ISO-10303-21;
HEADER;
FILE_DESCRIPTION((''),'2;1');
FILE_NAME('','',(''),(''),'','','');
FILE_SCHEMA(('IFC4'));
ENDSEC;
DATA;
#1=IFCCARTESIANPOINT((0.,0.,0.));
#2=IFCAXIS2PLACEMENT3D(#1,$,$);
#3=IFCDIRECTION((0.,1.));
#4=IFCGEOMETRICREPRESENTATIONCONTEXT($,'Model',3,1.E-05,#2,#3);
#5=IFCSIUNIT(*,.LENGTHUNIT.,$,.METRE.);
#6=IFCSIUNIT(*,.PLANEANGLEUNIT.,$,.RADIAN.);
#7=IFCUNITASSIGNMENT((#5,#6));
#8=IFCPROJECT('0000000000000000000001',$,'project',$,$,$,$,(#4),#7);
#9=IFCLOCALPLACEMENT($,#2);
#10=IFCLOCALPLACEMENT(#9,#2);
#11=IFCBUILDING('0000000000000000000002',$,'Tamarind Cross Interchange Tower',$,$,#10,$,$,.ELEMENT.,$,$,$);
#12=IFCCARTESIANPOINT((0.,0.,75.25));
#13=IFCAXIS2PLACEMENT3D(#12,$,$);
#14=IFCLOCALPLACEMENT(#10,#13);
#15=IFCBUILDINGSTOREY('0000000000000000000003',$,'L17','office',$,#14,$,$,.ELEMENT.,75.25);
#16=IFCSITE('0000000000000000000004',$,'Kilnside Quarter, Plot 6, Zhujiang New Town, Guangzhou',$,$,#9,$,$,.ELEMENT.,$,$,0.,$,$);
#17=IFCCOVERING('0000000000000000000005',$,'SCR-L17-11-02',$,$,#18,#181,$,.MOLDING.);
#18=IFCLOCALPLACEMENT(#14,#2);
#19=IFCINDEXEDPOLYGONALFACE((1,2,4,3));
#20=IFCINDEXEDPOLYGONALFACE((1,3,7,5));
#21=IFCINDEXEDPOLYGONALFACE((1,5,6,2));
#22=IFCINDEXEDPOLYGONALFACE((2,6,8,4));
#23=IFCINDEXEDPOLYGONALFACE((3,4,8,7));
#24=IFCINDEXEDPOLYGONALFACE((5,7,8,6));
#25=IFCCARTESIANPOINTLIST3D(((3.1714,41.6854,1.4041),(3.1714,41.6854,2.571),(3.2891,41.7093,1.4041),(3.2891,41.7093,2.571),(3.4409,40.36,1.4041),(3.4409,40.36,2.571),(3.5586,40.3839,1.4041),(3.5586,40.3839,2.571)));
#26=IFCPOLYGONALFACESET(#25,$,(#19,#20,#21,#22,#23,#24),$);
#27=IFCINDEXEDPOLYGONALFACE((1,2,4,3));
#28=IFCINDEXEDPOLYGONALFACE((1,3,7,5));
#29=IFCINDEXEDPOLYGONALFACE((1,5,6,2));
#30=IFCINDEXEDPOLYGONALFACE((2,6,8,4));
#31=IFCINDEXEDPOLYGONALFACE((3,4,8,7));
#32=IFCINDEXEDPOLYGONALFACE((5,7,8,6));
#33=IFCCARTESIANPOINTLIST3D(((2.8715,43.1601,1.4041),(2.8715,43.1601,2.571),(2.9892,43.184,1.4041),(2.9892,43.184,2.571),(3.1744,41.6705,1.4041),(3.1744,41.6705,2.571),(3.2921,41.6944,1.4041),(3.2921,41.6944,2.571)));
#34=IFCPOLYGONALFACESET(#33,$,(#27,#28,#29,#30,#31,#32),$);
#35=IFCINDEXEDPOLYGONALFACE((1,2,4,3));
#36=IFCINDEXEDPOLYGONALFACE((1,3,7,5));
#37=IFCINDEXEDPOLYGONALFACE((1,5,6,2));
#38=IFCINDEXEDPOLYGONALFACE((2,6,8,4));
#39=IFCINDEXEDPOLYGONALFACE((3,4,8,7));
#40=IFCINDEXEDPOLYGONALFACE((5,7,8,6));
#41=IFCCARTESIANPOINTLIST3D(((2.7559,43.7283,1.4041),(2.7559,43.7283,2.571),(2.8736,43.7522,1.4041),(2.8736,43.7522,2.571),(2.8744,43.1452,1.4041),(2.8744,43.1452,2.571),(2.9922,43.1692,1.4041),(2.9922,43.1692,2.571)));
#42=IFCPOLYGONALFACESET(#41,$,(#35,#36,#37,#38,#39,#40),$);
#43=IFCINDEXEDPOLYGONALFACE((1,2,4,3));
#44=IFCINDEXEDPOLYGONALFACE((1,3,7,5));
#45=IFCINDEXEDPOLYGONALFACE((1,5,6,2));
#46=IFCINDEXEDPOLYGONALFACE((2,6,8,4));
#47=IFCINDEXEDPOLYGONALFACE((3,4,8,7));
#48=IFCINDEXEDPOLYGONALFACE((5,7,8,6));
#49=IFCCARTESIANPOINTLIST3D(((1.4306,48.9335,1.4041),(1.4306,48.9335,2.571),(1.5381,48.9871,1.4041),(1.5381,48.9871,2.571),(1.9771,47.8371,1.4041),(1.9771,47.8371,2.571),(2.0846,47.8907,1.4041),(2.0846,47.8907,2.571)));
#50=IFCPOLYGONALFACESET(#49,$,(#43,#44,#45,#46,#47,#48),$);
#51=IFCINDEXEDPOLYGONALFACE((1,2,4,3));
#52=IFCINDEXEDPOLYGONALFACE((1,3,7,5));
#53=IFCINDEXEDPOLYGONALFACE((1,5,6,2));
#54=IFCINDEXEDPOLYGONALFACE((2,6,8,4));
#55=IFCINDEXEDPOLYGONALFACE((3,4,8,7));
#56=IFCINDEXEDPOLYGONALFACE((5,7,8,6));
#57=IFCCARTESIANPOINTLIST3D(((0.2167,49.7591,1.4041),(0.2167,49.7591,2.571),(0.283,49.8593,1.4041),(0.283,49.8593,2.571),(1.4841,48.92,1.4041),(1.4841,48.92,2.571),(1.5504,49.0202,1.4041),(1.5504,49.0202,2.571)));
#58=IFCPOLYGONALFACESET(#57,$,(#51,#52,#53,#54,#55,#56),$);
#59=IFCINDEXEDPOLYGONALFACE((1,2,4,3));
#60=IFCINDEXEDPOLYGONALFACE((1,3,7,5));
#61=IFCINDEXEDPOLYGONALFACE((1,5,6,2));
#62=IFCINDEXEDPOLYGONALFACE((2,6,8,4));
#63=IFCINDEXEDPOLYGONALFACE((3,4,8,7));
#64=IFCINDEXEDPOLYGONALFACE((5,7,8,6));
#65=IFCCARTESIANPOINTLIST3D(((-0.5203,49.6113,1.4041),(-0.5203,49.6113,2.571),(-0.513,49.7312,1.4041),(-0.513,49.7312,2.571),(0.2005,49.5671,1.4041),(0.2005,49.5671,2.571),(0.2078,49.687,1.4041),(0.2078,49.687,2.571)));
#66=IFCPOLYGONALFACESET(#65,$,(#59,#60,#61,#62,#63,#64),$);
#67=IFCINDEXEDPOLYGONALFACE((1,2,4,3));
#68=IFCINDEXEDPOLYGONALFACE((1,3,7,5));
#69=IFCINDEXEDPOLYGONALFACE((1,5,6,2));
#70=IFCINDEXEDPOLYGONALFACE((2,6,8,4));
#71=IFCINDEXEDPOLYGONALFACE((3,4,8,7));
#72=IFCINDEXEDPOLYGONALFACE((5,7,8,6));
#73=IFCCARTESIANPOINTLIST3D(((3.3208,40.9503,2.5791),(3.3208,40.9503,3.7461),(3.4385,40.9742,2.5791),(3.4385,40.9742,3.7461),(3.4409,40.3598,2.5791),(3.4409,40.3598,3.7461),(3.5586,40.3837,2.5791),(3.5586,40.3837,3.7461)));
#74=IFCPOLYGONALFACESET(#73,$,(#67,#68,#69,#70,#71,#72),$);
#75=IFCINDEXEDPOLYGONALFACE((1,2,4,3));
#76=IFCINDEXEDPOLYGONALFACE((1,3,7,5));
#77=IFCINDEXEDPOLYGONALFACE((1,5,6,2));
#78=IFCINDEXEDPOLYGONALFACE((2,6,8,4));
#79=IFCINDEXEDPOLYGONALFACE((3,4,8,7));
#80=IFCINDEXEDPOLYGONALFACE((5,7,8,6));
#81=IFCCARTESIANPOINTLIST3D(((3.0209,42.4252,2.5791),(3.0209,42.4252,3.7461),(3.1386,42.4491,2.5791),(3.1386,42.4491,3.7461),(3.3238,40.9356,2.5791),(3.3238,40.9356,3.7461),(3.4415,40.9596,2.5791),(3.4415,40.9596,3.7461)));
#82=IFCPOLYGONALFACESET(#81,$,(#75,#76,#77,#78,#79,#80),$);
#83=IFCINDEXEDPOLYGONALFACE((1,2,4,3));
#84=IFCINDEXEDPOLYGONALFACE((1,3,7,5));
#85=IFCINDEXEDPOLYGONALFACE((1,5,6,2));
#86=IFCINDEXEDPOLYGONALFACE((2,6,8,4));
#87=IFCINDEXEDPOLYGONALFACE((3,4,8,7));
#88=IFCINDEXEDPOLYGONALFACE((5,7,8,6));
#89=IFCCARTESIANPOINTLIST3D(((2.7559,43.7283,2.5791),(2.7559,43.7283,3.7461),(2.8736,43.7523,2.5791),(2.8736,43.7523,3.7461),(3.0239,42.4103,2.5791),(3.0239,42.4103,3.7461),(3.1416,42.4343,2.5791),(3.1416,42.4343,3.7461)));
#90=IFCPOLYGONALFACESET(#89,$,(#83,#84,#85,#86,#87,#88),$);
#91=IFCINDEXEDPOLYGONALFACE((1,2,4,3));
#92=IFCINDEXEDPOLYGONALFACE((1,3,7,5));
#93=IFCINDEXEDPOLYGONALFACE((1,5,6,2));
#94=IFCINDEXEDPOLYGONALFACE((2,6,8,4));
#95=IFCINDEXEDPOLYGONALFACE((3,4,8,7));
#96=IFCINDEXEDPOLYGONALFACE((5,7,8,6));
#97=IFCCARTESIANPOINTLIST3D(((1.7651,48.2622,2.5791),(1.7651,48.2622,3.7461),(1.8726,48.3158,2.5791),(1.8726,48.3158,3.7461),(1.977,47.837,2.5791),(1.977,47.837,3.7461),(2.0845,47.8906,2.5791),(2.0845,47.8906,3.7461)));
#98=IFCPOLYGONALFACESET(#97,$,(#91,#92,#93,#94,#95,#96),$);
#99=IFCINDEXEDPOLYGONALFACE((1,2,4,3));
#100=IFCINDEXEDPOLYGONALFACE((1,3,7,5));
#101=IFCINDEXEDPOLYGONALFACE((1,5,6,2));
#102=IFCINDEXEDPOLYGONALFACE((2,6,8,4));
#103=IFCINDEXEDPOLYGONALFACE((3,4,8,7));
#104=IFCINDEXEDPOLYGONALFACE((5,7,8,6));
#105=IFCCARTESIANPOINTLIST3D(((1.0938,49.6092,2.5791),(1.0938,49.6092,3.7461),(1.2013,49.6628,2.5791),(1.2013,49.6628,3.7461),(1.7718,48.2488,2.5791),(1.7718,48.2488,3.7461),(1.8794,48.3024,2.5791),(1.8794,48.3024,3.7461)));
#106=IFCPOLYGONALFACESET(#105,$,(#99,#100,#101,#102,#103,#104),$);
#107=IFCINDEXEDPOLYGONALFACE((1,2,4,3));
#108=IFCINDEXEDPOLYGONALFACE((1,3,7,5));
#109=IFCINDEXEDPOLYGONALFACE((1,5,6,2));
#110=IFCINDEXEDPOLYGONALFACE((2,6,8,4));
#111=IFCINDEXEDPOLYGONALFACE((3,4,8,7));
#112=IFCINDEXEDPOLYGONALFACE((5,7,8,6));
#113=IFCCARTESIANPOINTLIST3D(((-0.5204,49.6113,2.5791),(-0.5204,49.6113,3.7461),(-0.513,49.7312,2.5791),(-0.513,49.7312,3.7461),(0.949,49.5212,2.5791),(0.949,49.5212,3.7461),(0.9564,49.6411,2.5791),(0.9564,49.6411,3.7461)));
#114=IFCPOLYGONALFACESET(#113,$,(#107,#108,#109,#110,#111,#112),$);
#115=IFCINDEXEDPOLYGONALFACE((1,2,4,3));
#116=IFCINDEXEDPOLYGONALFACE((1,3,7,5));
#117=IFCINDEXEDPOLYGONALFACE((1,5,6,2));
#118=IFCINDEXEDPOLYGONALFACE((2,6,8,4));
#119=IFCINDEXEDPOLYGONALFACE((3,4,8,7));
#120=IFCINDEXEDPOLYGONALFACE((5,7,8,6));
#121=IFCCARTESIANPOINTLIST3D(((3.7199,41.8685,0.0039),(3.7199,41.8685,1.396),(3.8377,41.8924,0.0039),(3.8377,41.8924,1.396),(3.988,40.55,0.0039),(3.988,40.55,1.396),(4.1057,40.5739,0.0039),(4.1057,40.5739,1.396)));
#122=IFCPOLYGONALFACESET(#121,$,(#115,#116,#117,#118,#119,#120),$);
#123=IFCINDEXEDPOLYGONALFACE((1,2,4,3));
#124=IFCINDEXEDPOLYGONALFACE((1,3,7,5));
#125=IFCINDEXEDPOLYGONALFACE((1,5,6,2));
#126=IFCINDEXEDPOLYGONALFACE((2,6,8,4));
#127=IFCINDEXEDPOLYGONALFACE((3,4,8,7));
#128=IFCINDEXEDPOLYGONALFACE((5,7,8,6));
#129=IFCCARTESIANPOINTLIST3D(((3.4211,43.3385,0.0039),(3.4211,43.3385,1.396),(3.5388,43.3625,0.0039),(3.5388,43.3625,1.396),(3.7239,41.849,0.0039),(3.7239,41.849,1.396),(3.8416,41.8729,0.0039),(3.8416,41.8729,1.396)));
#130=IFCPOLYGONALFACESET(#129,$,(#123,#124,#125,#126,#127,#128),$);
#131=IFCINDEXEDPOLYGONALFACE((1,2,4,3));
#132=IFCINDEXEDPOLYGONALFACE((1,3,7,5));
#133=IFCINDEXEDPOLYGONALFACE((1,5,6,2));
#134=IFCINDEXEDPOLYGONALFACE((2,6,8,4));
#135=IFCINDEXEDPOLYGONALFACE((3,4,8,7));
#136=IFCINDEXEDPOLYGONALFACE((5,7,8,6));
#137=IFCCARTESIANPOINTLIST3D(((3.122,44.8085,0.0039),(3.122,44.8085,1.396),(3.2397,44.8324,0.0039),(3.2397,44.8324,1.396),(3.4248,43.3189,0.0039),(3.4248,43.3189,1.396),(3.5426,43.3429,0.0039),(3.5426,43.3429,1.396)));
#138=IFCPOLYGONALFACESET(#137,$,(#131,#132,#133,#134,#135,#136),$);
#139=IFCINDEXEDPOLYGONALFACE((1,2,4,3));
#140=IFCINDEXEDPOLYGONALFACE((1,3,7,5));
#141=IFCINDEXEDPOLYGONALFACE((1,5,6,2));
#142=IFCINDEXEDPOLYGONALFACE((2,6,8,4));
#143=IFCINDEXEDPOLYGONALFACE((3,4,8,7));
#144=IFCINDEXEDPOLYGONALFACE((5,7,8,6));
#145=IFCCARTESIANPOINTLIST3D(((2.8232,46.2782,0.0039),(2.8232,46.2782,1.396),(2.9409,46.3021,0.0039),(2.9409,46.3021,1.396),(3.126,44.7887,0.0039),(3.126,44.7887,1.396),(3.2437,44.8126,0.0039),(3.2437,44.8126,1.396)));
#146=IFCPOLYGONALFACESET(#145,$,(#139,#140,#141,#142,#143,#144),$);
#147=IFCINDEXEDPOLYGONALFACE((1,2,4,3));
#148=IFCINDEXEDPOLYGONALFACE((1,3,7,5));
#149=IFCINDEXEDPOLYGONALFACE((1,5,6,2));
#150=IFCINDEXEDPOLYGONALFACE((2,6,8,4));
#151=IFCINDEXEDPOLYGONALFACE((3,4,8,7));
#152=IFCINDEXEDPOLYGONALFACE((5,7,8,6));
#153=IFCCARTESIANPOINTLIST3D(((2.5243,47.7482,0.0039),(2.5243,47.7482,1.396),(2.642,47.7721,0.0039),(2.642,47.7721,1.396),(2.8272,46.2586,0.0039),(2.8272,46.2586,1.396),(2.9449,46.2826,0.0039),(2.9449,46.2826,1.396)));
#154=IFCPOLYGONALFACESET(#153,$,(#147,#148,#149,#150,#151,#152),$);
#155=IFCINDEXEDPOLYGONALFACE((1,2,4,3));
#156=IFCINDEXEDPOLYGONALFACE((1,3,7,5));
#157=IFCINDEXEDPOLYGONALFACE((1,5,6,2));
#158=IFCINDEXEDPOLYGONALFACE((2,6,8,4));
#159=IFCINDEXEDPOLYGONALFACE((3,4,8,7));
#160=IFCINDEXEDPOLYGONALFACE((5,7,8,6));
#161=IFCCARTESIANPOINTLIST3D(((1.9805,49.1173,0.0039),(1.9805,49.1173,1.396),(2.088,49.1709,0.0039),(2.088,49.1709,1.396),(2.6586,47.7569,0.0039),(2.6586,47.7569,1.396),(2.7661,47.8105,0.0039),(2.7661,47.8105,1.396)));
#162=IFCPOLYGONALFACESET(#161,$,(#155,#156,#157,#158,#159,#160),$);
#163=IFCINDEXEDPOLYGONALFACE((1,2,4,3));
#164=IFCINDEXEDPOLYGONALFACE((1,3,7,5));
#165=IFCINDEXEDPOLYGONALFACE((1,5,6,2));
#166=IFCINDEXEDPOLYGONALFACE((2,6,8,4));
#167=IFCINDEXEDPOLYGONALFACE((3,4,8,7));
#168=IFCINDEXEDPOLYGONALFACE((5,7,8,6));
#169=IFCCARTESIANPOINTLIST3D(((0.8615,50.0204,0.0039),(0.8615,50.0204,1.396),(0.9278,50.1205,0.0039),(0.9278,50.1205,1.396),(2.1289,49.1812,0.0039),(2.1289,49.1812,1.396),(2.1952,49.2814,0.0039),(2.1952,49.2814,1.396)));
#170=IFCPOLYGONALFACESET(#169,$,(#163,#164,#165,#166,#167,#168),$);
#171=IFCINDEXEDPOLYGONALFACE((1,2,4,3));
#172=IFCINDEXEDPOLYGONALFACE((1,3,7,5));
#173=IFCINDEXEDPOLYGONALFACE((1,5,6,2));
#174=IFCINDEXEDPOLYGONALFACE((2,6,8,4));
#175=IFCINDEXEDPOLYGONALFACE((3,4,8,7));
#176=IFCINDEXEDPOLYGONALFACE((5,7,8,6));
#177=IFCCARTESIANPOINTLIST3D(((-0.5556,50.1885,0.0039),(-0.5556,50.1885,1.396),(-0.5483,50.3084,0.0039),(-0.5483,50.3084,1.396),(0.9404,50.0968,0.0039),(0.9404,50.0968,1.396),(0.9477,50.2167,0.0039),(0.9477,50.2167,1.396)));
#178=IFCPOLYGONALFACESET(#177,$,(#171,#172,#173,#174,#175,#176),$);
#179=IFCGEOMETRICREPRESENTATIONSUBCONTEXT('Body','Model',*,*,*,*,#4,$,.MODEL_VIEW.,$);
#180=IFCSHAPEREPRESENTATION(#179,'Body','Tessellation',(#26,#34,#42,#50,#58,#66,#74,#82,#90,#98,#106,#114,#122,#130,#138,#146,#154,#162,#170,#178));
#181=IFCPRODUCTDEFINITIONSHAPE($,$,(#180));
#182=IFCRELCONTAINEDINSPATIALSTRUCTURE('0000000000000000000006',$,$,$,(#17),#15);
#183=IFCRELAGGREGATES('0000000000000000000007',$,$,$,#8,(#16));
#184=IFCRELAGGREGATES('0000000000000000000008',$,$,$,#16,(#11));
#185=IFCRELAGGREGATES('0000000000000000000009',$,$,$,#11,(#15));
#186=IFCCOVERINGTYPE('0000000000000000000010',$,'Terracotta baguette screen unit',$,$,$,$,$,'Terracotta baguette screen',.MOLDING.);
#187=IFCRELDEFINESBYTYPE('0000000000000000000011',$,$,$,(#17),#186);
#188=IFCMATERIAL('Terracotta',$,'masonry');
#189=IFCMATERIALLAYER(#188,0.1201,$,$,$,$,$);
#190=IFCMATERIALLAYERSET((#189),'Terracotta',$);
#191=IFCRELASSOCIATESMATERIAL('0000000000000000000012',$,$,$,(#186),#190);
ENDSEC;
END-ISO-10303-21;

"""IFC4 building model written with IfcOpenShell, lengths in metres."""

from ifc_helpers import new_model, si_unit, direction, frame, origin, origin_2d, place, context, subcontext, project, spatial, rectangle, extrude, material, layer, layer_set, type_object, element, save


model = new_model("IFC4")

# Units and contexts
model_context = context("Model", 3, precision=1e-05, world=origin(), true_north=direction((0.0, 1.0)))
body_context = subcontext(model_context, "Body", "Model", "MODEL_VIEW")
ifc_project = project(units=[si_unit("LENGTHUNIT", "METRE"), si_unit("PLANEANGLEUNIT", "RADIAN")], contexts=[model_context])

# Site, building, storey
site_placement = place(None, origin())
site = spatial("IfcSite", under=ifc_project, at=site_placement, Name="Kilnside Quarter, Plot 6, Zhujiang New Town, Guangzhou", CompositionType="ELEMENT", RefElevation=0.0)
building_placement = place(site_placement, origin())
building = spatial("IfcBuilding", under=site, at=building_placement, Name="Tamarind Cross Interchange Tower", CompositionType="ELEMENT")
storey_placement = place(building_placement, frame((0.0, 0.0, 75.25)))
storey = spatial("IfcBuildingStorey", under=building, at=storey_placement, Name="L17", Description="office", CompositionType="ELEMENT", Elevation=75.25)

# Covering
ifc_material_1 = material(Name="Terracotta", Category="masonry")
ifc_layer_1 = layer(ifc_material_1, 0.1201)
ifc_layer_set_1 = layer_set([ifc_layer_1], Name="Terracotta")
covering_type = type_object("IfcCoveringType", Name="Terracotta baguette screen unit", ElementType="Terracotta baguette screen", PredefinedType="MOLDING", material=ifc_layer_set_1)
covering_1_placement = place(storey_placement, origin())
element("IfcCovering", 1, at=covering_1_placement, inside=storey, type_object=covering_type, Name="SCR-L17-11-02", PredefinedType="MOLDING", context=body_context, shape_type="SweptSolid", body=[
    extrude(rectangle(XDim=1.3525, YDim=0.1201, at=origin_2d()), frame((3.365, 41.0347, 1.4041), z_axis=(0.0, 0.0, 1.0), x_axis=(-0.199245, 0.97995, 0.0)), (0.0, 0.0, 1.0), 1.167),
    extrude(rectangle(XDim=1.52, YDim=0.1201, at=origin_2d()), frame((3.0818, 42.4272, 1.4041), z_axis=(0.0, 0.0, 1.0), x_axis=(-0.199245, 0.97995, 0.0)), (0.0, 0.0, 1.0), 1.167),
    extrude(rectangle(XDim=0.595, YDim=0.1201, at=origin_2d()), frame((2.874, 43.4487, 1.4041), z_axis=(0.0, 0.0, 1.0), x_axis=(-0.199245, 0.97995, 0.0)), (0.0, 0.0, 1.0), 1.167),
    extrude(rectangle(XDim=1.2251, YDim=0.1201, at=origin_2d()), frame((1.7576, 48.4121, 1.4041), z_axis=(0.0, 0.0, 1.0), x_axis=(-0.446085, 0.89499, 0.0)), (0.0, 0.0, 1.0), 1.167),
    extrude(rectangle(XDim=1.52, YDim=0.1201, at=origin_2d()), frame((0.8835, 49.3896, 1.4041), z_axis=(0.0, 0.0, 1.0), x_axis=(-0.833816, 0.552042, 0.0)), (0.0, 0.0, 1.0), 1.167),
    extrude(rectangle(XDim=0.7222, YDim=0.1201, at=origin_2d()), frame((-0.1562, 49.6492, 1.4041), z_axis=(0.0, 0.0, 1.0), x_axis=(-0.998127, 0.061174, 0.0)), (0.0, 0.0, 1.0), 1.167),
    extrude(rectangle(XDim=0.6025, YDim=0.1201, at=origin_2d()), frame((3.4397, 40.667, 2.5791), z_axis=(0.0, 0.0, 1.0), x_axis=(-0.199245, 0.97995, 0.0)), (0.0, 0.0, 1.0), 1.167),
    extrude(rectangle(XDim=1.52, YDim=0.1201, at=origin_2d()), frame((3.2312, 41.6924, 2.5791), z_axis=(0.0, 0.0, 1.0), x_axis=(-0.199245, 0.97995, 0.0)), (0.0, 0.0, 1.0), 1.167),
    extrude(rectangle(XDim=1.345, YDim=0.1201, at=origin_2d()), frame((2.9487, 43.0813, 2.5791), z_axis=(0.0, 0.0, 1.0), x_axis=(-0.199245, 0.97995, 0.0)), (0.0, 0.0, 1.0), 1.167),
    extrude(rectangle(XDim=0.4751, YDim=0.1201, at=origin_2d()), frame((1.9248, 48.0764, 2.5791), z_axis=(0.0, 0.0, 1.0), x_axis=(-0.446085, 0.89499, 0.0)), (0.0, 0.0, 1.0), 1.167),
    extrude(rectangle(XDim=1.52, YDim=0.1201, at=origin_2d()), frame((1.4866, 48.9558, 2.5791), z_axis=(0.0, 0.0, 1.0), x_axis=(-0.446085, 0.89499, 0.0)), (0.0, 0.0, 1.0), 1.167),
    extrude(rectangle(XDim=1.4722, YDim=0.1201, at=origin_2d()), frame((0.218, 49.6262, 2.5791), z_axis=(0.0, 0.0, 1.0), x_axis=(-0.998127, 0.061174, 0.0)), (0.0, 0.0, 1.0), 1.167),
    extrude(rectangle(XDim=1.3455, YDim=0.1201, at=origin_2d()), frame((3.9128, 41.2212, 0.0039), z_axis=(0.0, 0.0, 1.0), x_axis=(-0.199245, 0.97995, 0.0)), (0.0, 0.0, 1.0), 1.3921),
    extrude(rectangle(XDim=1.52, YDim=0.1201, at=origin_2d()), frame((3.6313, 42.6057, 0.0039), z_axis=(0.0, 0.0, 1.0), x_axis=(-0.199245, 0.97995, 0.0)), (0.0, 0.0, 1.0), 1.3921),
    extrude(rectangle(XDim=1.52, YDim=0.1201, at=origin_2d()), frame((3.3323, 44.0757, 0.0039), z_axis=(0.0, 0.0, 1.0), x_axis=(-0.199245, 0.97995, 0.0)), (0.0, 0.0, 1.0), 1.3921),
    extrude(rectangle(XDim=1.52, YDim=0.1201, at=origin_2d()), frame((3.0334, 45.5454, 0.0039), z_axis=(0.0, 0.0, 1.0), x_axis=(-0.199245, 0.97995, 0.0)), (0.0, 0.0, 1.0), 1.3921),
    extrude(rectangle(XDim=1.52, YDim=0.1201, at=origin_2d()), frame((2.7346, 47.0154, 0.0039), z_axis=(0.0, 0.0, 1.0), x_axis=(-0.199245, 0.97995, 0.0)), (0.0, 0.0, 1.0), 1.3921),
    extrude(rectangle(XDim=1.52, YDim=0.1201, at=origin_2d()), frame((2.3733, 48.4639, 0.0039), z_axis=(0.0, 0.0, 1.0), x_axis=(-0.446085, 0.89499, 0.0)), (0.0, 0.0, 1.0), 1.3921),
    extrude(rectangle(XDim=1.52, YDim=0.1201, at=origin_2d()), frame((1.5283, 49.6509, 0.0039), z_axis=(0.0, 0.0, 1.0), x_axis=(-0.833816, 0.552042, 0.0)), (0.0, 0.0, 1.0), 1.3921),
    extrude(rectangle(XDim=1.4988, YDim=0.1201, at=origin_2d()), frame((0.196, 50.2026, 0.0039), z_axis=(0.0, 0.0, 1.0), x_axis=(-0.998127, 0.061174, 0.0)), (0.0, 0.0, 1.0), 1.3921),
])

save(model, "model.ifc")
